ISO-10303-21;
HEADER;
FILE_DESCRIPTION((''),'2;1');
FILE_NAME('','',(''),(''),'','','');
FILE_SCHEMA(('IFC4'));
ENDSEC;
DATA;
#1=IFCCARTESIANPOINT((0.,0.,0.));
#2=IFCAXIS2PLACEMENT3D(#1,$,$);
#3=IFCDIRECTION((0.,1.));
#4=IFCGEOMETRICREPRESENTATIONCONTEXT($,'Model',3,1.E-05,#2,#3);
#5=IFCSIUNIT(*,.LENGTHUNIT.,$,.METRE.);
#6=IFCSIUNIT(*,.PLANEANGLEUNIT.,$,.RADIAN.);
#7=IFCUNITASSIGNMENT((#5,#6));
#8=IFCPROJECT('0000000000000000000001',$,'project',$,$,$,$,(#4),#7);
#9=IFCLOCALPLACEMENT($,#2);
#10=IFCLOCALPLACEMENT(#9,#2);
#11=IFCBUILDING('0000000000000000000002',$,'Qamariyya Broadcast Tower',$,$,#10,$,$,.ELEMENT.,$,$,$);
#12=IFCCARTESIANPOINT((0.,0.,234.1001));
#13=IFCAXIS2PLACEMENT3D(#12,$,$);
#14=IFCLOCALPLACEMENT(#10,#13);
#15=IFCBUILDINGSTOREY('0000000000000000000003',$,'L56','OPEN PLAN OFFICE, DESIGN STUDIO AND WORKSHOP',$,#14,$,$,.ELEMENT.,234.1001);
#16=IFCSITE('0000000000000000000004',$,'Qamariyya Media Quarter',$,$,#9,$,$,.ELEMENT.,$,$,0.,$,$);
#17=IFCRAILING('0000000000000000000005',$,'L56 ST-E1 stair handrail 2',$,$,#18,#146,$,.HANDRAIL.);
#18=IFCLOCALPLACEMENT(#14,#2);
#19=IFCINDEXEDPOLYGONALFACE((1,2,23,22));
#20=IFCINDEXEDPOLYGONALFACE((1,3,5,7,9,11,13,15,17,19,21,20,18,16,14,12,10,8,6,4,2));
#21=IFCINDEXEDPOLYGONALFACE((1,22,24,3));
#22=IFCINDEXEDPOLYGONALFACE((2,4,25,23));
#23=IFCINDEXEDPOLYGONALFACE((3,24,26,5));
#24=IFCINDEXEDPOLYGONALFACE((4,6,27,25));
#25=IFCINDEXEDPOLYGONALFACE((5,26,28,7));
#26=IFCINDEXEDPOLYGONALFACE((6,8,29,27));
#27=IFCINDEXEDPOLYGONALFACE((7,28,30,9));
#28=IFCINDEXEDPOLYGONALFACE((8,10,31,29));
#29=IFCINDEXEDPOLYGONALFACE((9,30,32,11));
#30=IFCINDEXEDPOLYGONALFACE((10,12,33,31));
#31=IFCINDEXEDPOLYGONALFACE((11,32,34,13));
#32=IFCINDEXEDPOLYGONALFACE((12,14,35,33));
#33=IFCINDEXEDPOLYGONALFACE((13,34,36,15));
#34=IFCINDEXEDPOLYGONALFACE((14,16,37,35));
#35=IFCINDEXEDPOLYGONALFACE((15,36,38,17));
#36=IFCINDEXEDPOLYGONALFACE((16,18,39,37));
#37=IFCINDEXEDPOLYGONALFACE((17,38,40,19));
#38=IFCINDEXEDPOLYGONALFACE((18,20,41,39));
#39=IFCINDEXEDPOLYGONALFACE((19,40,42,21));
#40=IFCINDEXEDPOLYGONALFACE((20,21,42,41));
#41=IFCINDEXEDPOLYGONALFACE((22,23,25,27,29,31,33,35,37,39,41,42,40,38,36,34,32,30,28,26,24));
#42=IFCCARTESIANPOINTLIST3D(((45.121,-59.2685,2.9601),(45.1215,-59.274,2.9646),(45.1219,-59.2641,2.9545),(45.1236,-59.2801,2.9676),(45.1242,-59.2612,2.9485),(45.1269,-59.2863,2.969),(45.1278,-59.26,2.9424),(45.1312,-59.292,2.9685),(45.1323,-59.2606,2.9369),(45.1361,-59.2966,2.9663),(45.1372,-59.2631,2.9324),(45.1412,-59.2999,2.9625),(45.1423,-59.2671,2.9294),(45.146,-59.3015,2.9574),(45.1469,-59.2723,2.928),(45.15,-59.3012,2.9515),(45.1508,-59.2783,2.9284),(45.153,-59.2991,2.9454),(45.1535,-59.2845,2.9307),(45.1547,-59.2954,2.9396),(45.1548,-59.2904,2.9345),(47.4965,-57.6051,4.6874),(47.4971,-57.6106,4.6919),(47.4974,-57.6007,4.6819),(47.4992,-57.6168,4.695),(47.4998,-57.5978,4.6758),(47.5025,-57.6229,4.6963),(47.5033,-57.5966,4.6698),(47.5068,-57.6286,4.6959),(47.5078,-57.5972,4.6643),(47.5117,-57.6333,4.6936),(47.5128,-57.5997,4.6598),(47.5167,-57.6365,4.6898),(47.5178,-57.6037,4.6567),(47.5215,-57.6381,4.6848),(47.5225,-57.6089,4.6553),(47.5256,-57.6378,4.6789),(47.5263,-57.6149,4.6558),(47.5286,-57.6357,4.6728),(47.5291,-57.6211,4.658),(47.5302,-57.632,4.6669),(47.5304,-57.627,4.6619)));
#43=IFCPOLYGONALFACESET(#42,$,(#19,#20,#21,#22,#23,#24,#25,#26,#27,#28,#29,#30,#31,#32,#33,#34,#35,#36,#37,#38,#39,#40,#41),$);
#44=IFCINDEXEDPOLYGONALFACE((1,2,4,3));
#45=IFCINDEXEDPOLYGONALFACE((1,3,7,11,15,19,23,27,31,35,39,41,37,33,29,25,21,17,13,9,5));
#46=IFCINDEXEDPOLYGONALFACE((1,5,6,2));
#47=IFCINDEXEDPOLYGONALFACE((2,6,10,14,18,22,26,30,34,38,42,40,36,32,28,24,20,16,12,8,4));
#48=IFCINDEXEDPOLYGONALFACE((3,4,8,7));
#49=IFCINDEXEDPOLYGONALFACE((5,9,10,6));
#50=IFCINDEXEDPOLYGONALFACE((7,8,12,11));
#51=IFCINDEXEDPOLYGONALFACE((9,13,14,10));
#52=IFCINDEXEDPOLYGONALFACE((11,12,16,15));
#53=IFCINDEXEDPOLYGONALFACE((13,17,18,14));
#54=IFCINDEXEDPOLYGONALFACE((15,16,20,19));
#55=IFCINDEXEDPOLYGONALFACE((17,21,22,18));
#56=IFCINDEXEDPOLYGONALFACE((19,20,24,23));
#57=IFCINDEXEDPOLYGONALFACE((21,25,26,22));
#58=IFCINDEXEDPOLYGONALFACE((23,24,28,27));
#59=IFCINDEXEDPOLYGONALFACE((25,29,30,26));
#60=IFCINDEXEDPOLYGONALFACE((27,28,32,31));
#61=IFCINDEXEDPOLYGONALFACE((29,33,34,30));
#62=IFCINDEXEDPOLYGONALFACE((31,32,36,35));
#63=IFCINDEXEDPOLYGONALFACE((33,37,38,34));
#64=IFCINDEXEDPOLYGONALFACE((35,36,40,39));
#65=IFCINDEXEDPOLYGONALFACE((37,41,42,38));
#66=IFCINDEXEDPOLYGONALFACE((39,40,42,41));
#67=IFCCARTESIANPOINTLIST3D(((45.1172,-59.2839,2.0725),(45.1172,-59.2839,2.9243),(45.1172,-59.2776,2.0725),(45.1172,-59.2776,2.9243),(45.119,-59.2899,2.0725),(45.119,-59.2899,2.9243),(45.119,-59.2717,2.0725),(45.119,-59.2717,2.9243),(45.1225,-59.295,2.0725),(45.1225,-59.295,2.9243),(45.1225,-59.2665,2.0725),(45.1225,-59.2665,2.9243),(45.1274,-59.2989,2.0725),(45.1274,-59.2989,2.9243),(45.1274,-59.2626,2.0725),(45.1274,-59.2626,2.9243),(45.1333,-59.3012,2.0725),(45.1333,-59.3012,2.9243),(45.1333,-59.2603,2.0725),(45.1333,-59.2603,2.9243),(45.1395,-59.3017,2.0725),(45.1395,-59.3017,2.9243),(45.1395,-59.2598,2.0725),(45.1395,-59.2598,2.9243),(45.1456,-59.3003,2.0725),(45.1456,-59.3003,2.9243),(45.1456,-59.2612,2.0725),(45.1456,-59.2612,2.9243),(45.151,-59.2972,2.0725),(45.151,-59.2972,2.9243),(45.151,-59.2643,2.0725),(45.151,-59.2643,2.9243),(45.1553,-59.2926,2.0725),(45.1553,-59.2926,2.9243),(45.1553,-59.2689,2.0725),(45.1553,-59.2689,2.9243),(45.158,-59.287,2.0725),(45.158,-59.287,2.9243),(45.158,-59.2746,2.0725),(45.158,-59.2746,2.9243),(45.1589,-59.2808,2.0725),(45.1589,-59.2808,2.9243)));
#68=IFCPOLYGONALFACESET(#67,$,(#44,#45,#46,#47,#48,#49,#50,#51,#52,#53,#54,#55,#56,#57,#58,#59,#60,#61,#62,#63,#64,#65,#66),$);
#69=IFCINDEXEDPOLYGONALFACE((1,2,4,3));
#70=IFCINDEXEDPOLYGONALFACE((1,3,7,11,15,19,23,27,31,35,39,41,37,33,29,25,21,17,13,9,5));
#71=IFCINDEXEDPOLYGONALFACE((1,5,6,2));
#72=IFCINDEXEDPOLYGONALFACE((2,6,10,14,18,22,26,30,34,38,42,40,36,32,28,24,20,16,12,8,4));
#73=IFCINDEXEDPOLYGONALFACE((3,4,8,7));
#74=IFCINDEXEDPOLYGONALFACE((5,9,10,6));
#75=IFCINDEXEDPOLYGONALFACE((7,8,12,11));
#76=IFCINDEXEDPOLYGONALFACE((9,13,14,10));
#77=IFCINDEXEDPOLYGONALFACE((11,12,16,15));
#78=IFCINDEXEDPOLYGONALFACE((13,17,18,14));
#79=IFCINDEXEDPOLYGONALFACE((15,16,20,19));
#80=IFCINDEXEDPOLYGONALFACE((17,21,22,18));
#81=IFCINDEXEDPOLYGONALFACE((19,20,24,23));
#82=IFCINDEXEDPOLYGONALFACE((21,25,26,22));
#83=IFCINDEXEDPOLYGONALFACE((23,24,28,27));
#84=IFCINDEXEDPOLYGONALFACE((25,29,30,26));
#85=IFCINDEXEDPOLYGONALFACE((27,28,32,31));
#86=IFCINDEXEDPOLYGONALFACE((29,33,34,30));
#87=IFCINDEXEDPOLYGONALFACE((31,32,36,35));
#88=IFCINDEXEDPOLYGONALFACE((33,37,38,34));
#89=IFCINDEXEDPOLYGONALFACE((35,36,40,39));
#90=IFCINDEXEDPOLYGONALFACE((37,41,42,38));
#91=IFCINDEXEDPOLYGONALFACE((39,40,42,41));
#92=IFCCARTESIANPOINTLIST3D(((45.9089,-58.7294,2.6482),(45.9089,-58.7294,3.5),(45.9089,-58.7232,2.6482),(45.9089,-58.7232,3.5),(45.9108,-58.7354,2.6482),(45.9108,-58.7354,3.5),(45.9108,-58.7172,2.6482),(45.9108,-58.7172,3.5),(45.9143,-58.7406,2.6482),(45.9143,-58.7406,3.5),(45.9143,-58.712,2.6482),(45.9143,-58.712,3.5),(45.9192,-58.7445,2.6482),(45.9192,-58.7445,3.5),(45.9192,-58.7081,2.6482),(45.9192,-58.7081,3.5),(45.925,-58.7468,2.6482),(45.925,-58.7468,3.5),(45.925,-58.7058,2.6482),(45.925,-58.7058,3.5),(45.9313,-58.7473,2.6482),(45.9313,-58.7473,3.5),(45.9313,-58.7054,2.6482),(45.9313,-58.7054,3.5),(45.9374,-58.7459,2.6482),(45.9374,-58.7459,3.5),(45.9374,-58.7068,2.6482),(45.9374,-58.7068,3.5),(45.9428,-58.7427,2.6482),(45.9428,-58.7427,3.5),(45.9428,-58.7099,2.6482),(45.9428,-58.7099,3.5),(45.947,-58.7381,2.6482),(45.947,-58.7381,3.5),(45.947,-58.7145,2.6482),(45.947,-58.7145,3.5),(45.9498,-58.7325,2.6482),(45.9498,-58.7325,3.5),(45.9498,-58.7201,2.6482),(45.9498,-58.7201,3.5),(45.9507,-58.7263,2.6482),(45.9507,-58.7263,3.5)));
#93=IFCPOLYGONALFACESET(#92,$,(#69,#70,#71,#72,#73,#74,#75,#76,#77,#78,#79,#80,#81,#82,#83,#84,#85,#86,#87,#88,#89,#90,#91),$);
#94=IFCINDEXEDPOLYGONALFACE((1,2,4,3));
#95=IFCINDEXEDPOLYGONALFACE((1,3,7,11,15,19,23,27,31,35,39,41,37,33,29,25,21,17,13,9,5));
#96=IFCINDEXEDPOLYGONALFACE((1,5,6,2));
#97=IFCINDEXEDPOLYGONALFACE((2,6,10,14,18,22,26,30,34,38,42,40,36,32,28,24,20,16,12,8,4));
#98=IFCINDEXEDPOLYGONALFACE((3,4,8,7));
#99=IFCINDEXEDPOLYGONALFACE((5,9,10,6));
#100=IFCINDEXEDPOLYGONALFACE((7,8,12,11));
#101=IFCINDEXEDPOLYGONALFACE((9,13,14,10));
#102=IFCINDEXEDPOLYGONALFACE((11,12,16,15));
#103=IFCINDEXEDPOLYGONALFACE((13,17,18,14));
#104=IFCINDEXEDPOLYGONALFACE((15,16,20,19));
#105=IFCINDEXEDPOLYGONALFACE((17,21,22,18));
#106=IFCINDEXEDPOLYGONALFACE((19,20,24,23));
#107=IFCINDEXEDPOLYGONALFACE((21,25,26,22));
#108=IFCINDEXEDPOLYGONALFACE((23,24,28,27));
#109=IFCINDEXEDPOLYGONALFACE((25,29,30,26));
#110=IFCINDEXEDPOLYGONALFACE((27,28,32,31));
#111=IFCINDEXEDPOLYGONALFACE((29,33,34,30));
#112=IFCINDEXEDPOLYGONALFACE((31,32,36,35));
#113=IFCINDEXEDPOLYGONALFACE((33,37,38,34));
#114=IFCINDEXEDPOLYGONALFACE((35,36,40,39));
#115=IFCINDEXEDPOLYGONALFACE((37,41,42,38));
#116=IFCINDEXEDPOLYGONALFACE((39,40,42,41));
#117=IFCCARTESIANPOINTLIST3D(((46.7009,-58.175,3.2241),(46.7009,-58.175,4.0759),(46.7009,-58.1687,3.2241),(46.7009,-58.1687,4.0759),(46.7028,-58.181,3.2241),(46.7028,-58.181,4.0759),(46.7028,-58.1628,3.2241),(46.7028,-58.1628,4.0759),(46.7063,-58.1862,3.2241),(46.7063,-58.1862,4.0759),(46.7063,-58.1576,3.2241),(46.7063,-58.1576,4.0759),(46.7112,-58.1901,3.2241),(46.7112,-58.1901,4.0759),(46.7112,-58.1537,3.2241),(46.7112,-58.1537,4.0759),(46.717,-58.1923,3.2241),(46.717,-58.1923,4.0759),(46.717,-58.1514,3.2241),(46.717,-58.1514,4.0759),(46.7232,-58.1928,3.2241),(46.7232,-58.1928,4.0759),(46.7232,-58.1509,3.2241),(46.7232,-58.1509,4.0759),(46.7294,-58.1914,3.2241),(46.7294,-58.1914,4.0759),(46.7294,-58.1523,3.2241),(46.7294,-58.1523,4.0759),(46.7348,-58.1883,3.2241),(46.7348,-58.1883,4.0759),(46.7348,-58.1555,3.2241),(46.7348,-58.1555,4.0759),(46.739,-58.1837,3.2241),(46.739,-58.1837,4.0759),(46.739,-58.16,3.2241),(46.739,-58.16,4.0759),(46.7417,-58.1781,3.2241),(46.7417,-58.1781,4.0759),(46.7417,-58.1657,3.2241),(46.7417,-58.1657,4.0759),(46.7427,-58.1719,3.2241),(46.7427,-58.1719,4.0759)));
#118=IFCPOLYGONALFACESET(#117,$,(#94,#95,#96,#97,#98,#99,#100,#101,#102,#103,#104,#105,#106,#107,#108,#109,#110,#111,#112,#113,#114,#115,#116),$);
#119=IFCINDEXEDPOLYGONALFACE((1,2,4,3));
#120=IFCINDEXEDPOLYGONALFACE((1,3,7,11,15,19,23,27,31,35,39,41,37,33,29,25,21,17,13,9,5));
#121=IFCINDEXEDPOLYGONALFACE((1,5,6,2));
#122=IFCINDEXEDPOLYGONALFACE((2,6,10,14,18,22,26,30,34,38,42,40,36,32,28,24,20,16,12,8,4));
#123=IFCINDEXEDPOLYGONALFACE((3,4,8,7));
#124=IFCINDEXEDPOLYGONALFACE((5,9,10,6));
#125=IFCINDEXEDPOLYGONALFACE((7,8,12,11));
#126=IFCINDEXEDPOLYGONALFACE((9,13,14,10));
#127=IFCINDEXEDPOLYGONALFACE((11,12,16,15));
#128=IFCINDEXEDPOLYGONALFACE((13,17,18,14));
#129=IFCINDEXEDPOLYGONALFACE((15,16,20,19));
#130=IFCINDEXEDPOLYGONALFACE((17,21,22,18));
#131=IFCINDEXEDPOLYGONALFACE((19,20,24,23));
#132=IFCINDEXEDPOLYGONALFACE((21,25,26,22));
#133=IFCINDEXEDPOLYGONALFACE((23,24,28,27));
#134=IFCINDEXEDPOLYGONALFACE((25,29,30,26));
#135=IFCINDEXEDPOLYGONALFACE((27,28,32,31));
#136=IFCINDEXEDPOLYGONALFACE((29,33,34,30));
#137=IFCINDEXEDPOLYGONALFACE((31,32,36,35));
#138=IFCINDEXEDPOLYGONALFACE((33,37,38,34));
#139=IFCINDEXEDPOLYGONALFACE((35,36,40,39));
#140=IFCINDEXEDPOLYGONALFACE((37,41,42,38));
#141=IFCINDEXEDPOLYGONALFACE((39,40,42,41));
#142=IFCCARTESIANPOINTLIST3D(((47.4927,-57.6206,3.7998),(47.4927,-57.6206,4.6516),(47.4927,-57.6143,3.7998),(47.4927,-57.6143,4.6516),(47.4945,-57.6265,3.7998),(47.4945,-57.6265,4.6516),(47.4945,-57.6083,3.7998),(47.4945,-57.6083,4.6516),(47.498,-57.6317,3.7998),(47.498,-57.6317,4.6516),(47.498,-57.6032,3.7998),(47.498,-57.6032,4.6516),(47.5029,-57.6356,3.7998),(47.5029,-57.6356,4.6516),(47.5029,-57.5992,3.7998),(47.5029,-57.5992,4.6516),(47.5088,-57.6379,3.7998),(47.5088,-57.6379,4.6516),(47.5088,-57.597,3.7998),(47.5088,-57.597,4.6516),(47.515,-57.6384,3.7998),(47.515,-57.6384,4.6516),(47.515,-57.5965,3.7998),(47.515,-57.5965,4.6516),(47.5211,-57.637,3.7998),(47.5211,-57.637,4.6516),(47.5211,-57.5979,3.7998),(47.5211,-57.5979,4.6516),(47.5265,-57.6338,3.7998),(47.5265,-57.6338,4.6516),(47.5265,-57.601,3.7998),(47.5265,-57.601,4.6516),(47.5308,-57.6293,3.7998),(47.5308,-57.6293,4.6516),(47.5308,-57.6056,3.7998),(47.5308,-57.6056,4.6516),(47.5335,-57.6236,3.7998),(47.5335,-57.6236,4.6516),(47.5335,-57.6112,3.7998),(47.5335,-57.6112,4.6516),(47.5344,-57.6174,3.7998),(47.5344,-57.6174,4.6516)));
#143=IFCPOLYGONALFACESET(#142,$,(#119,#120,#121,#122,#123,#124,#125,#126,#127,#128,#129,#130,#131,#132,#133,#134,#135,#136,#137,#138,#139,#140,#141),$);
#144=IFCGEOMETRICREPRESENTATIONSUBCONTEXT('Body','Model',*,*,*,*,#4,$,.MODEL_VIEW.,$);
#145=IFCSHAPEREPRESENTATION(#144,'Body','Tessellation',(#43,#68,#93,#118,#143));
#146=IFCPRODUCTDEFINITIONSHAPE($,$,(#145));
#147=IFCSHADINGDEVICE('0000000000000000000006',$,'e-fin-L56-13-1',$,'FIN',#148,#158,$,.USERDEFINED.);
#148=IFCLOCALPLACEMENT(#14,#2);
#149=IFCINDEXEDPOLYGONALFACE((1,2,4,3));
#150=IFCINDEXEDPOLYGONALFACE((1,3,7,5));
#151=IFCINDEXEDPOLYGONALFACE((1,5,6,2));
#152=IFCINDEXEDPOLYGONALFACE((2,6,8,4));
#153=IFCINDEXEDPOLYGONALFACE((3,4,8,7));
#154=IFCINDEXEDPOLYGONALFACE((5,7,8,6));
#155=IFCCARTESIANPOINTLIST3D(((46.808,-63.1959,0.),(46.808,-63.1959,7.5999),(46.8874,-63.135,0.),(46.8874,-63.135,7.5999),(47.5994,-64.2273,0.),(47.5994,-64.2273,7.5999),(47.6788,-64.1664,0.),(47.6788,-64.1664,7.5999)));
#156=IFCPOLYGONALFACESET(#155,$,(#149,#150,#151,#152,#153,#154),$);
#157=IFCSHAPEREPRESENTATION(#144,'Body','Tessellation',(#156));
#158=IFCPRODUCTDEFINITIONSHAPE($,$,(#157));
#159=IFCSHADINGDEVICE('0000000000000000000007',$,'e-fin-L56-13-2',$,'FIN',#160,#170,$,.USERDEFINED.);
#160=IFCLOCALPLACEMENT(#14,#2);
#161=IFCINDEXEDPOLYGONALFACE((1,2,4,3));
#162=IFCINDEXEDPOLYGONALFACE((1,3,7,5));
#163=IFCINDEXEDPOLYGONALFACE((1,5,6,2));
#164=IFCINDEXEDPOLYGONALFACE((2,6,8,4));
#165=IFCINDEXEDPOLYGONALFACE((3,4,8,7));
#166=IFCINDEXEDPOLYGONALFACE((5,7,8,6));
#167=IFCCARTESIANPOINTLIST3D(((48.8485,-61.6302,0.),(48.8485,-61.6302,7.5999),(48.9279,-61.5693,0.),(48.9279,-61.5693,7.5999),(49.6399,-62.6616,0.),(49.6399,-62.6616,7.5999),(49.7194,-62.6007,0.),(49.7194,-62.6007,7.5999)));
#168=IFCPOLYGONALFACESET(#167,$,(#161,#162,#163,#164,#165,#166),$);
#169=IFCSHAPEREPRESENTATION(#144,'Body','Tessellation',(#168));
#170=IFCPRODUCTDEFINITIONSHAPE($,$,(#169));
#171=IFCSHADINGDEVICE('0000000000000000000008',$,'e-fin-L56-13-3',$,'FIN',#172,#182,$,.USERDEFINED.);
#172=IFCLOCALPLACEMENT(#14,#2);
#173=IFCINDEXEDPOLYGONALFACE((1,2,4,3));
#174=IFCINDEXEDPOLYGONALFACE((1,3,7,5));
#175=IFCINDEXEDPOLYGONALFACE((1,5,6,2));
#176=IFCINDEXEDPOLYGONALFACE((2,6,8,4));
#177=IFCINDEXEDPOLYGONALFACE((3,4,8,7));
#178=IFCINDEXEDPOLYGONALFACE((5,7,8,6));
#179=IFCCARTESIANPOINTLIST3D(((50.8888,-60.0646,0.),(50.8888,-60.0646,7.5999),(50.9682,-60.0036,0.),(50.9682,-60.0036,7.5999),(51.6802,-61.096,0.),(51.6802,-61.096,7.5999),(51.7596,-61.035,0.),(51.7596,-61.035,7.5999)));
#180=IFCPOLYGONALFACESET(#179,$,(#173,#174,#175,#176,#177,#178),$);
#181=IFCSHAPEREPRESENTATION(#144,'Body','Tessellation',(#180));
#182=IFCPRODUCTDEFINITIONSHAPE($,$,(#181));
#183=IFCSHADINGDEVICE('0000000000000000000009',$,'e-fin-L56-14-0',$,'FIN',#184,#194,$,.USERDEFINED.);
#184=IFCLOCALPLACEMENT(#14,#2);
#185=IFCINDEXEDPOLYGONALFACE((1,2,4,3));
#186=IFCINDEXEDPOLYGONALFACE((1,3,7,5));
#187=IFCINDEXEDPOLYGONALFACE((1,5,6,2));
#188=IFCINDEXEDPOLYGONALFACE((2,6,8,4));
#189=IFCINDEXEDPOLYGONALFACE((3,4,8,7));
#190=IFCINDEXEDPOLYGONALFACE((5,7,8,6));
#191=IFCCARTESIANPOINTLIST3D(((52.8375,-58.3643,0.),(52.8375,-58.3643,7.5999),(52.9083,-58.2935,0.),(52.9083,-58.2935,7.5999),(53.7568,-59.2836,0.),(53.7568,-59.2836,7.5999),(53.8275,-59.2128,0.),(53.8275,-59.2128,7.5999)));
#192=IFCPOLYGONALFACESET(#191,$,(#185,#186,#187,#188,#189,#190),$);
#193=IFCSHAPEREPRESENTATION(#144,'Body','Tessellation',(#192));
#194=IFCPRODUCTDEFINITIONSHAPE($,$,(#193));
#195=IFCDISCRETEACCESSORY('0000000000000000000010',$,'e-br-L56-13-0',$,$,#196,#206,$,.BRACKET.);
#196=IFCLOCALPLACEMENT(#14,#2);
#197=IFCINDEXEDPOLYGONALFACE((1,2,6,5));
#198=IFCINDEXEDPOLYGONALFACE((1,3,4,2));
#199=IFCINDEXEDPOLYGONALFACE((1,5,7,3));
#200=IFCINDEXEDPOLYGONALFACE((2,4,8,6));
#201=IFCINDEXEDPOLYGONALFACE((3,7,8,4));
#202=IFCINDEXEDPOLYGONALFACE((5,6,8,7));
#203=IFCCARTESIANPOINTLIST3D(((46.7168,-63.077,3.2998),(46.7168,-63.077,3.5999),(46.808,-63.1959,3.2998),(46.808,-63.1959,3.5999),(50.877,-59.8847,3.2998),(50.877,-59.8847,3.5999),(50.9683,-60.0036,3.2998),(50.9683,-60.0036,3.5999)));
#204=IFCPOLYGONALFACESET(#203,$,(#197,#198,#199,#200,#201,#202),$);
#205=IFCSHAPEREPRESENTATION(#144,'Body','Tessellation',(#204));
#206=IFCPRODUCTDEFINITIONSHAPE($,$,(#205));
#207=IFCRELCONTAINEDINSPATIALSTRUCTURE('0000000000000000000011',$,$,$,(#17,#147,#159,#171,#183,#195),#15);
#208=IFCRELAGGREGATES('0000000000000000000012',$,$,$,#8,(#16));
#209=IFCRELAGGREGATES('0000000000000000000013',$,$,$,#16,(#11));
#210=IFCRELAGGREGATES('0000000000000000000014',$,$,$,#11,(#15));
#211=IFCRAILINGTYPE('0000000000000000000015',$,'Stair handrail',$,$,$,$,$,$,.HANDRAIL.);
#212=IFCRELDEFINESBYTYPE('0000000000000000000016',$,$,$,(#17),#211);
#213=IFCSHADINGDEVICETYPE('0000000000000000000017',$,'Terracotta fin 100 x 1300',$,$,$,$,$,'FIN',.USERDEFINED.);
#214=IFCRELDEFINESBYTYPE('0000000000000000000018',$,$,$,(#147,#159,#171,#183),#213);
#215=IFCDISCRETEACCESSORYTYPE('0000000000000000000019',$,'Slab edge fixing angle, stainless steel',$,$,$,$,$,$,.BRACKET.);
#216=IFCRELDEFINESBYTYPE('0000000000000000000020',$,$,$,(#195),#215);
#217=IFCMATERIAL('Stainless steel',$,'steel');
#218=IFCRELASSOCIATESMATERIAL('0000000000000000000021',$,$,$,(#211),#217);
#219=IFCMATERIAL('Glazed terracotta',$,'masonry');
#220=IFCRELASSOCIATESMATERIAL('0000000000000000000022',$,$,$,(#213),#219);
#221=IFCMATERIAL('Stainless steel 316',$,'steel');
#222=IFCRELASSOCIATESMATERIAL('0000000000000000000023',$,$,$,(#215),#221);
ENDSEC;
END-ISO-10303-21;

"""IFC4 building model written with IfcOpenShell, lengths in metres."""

from ifc_helpers import new_model, si_unit, direction, frame, origin, origin_2d, place, context, subcontext, project, spatial, rectangle, circle, extrude, material, material_profile, profile_set, type_object, element, save


model = new_model("IFC4")

# Units and contexts
model_context = context("Model", 3, precision=1e-05, world=origin(), true_north=direction((0.0, 1.0)))
body_context = subcontext(model_context, "Body", "Model", "MODEL_VIEW")
ifc_project = project(units=[si_unit("LENGTHUNIT", "METRE"), si_unit("PLANEANGLEUNIT", "RADIAN")], contexts=[model_context])

# Site, building, storey
site_placement = place(None, origin())
site = spatial("IfcSite", under=ifc_project, at=site_placement, Name="Qamariyya Media Quarter", CompositionType="ELEMENT", RefElevation=0.0)
building_placement = place(site_placement, origin())
building = spatial("IfcBuilding", under=site, at=building_placement, Name="Qamariyya Broadcast Tower", CompositionType="ELEMENT")
storey_placement = place(building_placement, frame((0.0, 0.0, 234.1001)))
storey = spatial("IfcBuildingStorey", under=building, at=storey_placement, Name="L56", Description="OPEN PLAN OFFICE, DESIGN STUDIO AND WORKSHOP", CompositionType="ELEMENT", Elevation=234.1001)

# Railing
ifc_material_1 = material(Name="Stainless steel", Category="steel")
railing_type_1 = type_object("IfcRailingType", Name="Stair handrail", PredefinedType="HANDRAIL", material=ifc_material_1)
railing_1_placement = place(storey_placement, frame((45.1379, -59.2808, 2.0725)))
element("IfcRailing", 1, at=railing_1_placement, inside=storey, type_object=railing_type_1, Name="L56 ST-E1 stair handrail 2", PredefinedType="HANDRAIL", context=body_context, shape_type="SweptSolid", body=[
    extrude(circle(Radius=0.0239, at=origin_2d()), frame((0.0, 0.0, 0.876), z_axis=(0.70377, 0.492784, 0.511734), x_axis=(-0.573575, 0.819153, 0.0)), (0.0, 0.0, 1.0), 3.3755),
    extrude(circle(Radius=0.021, at=origin_2d()), origin(), (0.0, 0.0, 1.0), 0.8518),
    extrude(circle(Radius=0.021, at=origin_2d()), frame((0.7917, 0.5544, 0.5757)), (0.0, 0.0, 1.0), 0.8518),
    extrude(circle(Radius=0.021, at=origin_2d()), frame((1.5837, 1.1089, 1.1516)), (0.0, 0.0, 1.0), 0.8518),
    extrude(circle(Radius=0.021, at=origin_2d()), frame((2.3755, 1.6633, 1.7273)), (0.0, 0.0, 1.0), 0.8518),
])

# Shading devices
ifc_material_2 = material(Name="Glazed terracotta", Category="masonry")
ifc_material_profile_1 = material_profile(ifc_material_2, rectangle(XDim=1.3, YDim=0.1001, at=origin_2d()))
ifc_profile_set_1 = profile_set([ifc_material_profile_1], Name="Glazed terracotta")
shading_device_type = type_object("IfcShadingDeviceType", Name="Terracotta fin 100 x 1300", ElementType="FIN", PredefinedType="USERDEFINED", material=ifc_profile_set_1)
for number, where, z_axis, x_axis, name in (
    (2, (47.2434, -63.6812, 0.0), (0.0, 0.0, 1.0), (0.608761, -0.793353, 0.0), "e-fin-L56-13-1"),
    (3, (49.2839, -62.1155, 0.0), (0.0, 0.0, 1.0), (0.608761, -0.793353, 0.0), "e-fin-L56-13-2"),
    (4, (51.3242, -60.5498, 0.0), (0.0, 0.0, 1.0), (0.608761, -0.793353, 0.0), "e-fin-L56-13-3"),
    (5, (53.3325, -58.7886, 0.0), (0.0, 0.0, 1.0), (0.707107, -0.707107, 0.0), "e-fin-L56-14-0"),
):
    element("IfcShadingDevice", number, at=place(storey_placement, frame(where, z_axis=z_axis, x_axis=x_axis)), inside=storey, type_object=shading_device_type, Name=name, ObjectType="FIN", PredefinedType="USERDEFINED", context=body_context, shape_type="SweptSolid", body=[
        extrude(rectangle(XDim=1.3, YDim=0.1001, at=origin_2d()), origin(), (0.0, 0.0, 1.0), 7.5999),
    ])

# Discrete accessory
ifc_material_3 = material(Name="Stainless steel 316", Category="steel")
discrete_accessory_type = type_object("IfcDiscreteAccessoryType", Name="Slab edge fixing angle, stainless steel", PredefinedType="BRACKET", material=ifc_material_3)
discrete_accessory_placement = place(storey_placement, frame((48.8425, -61.5403, 3.2998), z_axis=(0.0, 0.0, 1.0), x_axis=(0.793353, 0.608761, 0.0)))
element("IfcDiscreteAccessory", 6, at=discrete_accessory_placement, inside=storey, type_object=discrete_accessory_type, Name="e-br-L56-13-0", PredefinedType="BRACKET", context=body_context, shape_type="SweptSolid", body=[
    extrude(rectangle(XDim=5.2439, YDim=0.1499, at=origin_2d()), origin(), (0.0, 0.0, 1.0), 0.3),
])

save(model, "model.ifc")
